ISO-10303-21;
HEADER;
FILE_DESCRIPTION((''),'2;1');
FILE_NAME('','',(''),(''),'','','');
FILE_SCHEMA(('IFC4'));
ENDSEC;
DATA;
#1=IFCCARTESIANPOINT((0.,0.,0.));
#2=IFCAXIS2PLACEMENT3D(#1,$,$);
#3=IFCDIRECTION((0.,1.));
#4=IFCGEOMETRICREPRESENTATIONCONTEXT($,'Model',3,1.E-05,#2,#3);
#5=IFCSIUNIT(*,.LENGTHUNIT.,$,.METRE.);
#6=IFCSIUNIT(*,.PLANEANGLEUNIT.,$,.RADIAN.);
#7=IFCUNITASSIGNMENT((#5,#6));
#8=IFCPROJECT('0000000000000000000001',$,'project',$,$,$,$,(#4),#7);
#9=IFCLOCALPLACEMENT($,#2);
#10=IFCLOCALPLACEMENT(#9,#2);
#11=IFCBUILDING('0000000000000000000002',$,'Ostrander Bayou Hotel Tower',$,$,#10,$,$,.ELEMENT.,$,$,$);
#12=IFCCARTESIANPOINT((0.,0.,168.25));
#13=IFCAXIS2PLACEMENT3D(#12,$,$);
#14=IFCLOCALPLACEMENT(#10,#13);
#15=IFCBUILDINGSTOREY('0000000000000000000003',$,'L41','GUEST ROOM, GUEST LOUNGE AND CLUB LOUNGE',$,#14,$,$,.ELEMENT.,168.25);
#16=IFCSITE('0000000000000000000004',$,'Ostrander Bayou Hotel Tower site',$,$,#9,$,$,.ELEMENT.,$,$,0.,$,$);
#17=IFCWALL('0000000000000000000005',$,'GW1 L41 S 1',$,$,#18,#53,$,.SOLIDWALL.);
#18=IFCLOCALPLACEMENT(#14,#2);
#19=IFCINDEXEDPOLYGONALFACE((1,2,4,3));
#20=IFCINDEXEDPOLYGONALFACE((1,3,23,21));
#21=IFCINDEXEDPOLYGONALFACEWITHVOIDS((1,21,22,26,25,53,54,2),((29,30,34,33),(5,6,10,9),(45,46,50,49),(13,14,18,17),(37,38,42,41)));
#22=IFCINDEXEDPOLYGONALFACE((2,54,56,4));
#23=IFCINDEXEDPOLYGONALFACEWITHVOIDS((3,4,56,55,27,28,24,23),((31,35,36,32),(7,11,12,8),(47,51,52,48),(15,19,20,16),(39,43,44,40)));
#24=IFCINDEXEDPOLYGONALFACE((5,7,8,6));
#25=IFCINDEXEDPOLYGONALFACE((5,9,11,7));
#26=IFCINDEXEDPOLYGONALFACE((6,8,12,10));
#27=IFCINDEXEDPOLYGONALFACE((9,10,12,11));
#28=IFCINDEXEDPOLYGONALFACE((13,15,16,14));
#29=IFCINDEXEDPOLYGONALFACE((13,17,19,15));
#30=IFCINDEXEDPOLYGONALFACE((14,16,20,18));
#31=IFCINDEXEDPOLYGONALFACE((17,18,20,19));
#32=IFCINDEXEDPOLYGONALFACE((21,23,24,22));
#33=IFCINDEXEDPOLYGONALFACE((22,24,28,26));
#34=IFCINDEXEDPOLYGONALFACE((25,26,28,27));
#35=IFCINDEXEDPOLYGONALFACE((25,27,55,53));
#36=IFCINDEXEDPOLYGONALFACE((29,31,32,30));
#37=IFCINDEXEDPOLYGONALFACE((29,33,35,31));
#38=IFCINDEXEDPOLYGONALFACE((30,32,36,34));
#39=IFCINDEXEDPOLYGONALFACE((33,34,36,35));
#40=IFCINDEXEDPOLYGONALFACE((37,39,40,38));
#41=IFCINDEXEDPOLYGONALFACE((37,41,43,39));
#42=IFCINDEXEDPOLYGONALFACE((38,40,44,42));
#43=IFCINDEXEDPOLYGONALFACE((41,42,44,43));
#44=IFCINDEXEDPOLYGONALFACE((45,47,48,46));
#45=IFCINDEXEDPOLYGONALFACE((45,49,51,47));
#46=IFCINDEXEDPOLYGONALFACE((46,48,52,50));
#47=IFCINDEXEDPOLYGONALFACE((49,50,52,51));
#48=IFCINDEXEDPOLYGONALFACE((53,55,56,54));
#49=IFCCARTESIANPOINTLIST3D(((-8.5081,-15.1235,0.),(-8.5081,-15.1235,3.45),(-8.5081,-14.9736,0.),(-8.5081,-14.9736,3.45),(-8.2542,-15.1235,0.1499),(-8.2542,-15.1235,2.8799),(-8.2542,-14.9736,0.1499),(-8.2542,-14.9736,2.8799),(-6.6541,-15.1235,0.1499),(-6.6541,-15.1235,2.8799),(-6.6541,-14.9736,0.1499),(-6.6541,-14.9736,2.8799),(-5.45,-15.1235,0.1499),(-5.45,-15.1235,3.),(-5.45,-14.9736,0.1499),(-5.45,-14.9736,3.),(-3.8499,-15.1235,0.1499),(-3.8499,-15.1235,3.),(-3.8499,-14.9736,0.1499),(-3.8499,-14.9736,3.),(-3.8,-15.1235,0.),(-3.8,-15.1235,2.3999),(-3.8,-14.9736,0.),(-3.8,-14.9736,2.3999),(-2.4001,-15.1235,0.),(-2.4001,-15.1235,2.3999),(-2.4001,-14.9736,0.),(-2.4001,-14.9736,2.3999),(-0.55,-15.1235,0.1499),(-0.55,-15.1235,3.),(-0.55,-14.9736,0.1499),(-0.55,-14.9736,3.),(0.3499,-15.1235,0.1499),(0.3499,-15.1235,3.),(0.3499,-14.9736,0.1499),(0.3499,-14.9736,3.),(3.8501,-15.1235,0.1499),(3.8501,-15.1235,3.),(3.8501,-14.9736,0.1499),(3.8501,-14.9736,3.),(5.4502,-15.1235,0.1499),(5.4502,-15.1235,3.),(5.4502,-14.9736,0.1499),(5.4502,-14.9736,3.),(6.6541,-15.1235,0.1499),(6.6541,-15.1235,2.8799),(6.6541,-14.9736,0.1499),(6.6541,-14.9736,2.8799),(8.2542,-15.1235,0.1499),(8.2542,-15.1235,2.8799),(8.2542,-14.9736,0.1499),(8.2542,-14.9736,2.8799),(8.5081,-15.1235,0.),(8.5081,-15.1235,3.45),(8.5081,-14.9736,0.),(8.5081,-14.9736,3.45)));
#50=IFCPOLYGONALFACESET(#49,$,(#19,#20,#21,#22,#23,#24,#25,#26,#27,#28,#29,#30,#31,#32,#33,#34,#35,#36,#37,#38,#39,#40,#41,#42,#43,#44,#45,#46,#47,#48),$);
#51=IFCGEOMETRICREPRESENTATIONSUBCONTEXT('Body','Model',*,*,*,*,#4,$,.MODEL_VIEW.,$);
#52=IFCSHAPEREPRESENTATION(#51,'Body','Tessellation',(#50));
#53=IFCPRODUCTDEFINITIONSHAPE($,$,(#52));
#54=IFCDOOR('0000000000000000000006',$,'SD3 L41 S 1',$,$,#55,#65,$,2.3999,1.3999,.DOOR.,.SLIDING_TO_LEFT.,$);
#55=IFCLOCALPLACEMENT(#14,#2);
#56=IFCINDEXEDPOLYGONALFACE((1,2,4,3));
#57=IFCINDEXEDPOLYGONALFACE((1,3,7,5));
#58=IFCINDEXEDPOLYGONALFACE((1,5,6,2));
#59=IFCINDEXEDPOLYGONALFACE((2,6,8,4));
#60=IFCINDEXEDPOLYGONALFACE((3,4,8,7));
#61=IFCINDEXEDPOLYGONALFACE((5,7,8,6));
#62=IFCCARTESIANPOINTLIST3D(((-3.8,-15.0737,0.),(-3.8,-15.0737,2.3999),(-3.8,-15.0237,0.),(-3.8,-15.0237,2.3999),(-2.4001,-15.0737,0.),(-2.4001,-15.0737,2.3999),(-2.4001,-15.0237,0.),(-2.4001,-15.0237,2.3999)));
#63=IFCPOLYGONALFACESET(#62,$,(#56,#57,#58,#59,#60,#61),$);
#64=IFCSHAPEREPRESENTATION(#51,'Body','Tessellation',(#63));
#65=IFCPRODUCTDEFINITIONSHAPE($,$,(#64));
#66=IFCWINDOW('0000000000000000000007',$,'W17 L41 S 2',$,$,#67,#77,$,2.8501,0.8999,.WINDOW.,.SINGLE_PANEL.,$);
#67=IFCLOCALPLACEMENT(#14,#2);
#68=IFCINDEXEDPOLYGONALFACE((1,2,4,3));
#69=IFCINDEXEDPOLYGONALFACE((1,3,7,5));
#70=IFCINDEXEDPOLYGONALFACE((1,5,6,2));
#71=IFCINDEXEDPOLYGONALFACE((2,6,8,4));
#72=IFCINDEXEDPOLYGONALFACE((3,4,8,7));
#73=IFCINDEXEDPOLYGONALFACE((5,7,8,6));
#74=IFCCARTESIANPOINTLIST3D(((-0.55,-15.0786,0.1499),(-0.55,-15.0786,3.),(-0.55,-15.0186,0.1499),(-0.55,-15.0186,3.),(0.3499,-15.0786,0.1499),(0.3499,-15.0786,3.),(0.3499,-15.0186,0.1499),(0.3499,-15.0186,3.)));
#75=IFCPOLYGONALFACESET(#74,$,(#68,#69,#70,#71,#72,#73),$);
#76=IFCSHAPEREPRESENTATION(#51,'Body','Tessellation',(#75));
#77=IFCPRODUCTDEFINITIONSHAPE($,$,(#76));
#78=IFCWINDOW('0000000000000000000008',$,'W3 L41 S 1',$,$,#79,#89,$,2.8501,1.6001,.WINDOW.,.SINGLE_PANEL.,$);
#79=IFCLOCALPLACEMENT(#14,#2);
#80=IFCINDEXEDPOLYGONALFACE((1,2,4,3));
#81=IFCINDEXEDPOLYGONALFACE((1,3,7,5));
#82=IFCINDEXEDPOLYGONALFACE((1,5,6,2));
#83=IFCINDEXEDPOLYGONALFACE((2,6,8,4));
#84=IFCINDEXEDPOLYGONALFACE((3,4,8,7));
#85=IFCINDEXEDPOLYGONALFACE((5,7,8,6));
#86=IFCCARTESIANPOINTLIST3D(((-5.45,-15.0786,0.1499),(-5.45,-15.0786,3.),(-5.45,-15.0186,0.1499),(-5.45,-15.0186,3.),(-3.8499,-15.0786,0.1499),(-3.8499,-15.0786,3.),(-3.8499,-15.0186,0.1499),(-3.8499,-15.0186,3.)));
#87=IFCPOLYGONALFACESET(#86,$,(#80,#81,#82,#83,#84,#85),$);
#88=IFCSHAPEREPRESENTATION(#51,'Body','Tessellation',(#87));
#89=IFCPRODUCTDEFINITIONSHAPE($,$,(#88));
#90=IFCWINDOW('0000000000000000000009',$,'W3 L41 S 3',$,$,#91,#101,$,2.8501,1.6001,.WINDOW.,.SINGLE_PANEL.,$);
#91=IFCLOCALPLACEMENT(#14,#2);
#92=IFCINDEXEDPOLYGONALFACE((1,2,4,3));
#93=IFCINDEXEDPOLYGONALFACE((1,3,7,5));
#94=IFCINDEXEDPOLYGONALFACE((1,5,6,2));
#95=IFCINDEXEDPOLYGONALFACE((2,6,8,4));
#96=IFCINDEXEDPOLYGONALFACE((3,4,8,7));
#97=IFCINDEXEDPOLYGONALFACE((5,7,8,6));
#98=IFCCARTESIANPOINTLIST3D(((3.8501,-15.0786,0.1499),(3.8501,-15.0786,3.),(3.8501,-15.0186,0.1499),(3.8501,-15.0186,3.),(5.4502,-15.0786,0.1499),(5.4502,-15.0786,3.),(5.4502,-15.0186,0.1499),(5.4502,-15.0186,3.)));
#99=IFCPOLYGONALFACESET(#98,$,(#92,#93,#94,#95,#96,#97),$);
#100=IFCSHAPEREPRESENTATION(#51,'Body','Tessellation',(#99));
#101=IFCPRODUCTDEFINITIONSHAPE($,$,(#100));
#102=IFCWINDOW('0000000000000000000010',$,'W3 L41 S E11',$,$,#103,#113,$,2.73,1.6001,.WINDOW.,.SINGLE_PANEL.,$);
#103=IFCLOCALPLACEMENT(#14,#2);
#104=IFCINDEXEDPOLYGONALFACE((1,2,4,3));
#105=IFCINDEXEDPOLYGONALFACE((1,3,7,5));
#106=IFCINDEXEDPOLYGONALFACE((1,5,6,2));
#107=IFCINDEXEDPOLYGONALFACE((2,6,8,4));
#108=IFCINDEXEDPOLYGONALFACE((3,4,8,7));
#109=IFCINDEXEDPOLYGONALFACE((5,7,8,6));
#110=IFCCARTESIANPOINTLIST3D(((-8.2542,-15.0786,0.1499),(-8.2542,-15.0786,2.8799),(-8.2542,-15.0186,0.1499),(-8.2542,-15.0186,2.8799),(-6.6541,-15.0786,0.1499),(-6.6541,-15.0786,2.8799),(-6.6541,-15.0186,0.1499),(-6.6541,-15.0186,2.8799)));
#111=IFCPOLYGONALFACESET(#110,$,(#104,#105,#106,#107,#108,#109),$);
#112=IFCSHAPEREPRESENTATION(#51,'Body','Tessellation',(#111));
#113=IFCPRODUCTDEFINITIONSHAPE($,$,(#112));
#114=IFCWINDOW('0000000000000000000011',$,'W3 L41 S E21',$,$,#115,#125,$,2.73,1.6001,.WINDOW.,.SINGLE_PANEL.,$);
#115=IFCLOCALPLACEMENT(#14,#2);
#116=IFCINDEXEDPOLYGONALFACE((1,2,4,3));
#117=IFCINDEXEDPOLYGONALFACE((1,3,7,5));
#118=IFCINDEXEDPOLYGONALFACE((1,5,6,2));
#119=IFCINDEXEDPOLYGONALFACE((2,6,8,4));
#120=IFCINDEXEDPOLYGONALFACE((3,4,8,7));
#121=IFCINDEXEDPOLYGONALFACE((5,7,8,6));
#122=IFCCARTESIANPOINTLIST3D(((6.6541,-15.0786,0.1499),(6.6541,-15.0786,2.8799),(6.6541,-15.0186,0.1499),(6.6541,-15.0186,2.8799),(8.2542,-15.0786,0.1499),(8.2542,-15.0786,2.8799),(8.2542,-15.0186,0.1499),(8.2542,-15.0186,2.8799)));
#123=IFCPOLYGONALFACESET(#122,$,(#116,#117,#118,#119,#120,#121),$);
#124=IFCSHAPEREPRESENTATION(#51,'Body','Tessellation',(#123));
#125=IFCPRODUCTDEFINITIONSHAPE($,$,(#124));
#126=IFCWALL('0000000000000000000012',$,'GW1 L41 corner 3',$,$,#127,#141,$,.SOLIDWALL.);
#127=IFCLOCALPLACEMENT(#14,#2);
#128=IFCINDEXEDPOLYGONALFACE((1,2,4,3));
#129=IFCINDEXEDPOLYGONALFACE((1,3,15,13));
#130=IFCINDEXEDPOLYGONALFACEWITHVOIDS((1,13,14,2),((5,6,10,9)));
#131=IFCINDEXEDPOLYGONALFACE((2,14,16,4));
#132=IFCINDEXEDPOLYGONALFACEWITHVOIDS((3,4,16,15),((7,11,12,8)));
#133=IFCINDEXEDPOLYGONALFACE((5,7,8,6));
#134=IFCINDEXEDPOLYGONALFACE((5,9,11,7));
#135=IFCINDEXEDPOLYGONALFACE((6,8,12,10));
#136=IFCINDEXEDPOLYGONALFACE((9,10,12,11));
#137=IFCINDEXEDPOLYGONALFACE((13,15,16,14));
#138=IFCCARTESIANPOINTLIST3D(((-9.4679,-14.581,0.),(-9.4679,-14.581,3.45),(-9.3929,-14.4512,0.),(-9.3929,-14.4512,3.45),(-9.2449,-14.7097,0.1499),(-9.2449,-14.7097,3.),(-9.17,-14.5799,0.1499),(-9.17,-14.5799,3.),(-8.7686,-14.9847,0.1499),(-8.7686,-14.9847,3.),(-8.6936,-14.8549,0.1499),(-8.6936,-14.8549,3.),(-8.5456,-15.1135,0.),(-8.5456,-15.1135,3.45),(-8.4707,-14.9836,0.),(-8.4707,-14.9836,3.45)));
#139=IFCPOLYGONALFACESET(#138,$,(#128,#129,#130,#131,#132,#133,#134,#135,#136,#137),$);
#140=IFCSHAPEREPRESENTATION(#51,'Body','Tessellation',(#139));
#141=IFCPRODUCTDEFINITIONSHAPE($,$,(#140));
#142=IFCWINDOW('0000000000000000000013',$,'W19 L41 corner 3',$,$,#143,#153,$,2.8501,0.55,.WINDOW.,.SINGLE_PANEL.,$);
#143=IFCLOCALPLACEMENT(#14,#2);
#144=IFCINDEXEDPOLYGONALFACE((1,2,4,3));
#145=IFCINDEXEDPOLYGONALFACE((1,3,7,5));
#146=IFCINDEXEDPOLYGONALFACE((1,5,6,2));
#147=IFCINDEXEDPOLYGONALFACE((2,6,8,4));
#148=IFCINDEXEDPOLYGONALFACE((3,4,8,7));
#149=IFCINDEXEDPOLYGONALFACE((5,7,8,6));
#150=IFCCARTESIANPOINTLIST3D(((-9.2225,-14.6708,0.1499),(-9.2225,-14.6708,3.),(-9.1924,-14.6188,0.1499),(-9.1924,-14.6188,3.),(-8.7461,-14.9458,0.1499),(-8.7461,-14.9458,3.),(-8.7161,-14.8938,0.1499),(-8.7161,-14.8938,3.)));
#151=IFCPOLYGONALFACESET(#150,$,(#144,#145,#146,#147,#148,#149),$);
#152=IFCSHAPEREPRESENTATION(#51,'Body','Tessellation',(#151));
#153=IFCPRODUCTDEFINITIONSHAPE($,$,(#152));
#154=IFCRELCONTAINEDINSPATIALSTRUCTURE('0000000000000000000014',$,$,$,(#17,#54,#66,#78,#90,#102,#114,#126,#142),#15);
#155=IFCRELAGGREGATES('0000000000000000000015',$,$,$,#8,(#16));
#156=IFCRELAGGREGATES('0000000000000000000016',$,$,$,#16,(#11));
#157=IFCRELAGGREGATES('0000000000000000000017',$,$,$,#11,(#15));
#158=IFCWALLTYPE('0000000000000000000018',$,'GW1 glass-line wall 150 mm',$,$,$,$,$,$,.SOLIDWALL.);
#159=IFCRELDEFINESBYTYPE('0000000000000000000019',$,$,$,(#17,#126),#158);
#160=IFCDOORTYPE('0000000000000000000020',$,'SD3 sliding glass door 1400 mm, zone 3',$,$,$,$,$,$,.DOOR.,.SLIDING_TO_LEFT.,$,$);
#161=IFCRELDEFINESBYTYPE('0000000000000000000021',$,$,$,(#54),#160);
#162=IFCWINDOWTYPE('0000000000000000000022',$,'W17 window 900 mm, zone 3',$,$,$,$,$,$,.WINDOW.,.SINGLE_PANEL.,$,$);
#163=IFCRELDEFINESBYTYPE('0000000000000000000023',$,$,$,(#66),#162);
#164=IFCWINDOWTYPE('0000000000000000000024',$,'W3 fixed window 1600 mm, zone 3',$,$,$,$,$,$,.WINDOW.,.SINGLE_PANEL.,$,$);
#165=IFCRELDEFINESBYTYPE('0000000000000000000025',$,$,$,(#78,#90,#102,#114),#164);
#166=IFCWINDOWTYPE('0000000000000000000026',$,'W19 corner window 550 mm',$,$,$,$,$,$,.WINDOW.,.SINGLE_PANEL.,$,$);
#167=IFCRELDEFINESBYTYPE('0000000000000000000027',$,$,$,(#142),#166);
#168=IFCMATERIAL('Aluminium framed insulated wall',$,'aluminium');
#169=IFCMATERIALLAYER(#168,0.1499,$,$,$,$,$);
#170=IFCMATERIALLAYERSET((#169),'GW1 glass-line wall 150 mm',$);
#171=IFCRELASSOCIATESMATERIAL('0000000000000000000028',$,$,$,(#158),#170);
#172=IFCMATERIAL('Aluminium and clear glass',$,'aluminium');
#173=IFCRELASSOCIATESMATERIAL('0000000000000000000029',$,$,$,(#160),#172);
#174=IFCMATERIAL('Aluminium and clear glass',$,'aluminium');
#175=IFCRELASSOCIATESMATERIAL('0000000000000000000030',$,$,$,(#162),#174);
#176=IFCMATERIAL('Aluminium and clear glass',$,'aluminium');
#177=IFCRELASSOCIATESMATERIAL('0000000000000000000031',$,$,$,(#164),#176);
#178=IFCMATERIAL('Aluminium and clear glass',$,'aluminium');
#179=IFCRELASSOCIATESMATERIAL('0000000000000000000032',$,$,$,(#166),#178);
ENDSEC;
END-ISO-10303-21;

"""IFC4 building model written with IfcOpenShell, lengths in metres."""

from ifc_helpers import new_model, si_unit, direction, frame, frame_2d, origin, place, context, subcontext, project, spatial, rectangle, extrude, material, layer, layer_set, type_object, element, fill, save


model = new_model("IFC4")

# Units and contexts
model_context = context("Model", 3, precision=1e-05, world=origin(), true_north=direction((0.0, 1.0)))
body_context = subcontext(model_context, "Body", "Model", "MODEL_VIEW")
ifc_project = project(units=[si_unit("LENGTHUNIT", "METRE"), si_unit("PLANEANGLEUNIT", "RADIAN")], contexts=[model_context])

# Site, building, storey
site_placement = place(None, origin())
site = spatial("IfcSite", under=ifc_project, at=site_placement, Name="Ostrander Bayou Hotel Tower site", CompositionType="ELEMENT", RefElevation=0.0)
building_placement = place(site_placement, origin())
building = spatial("IfcBuilding", under=site, at=building_placement, Name="Ostrander Bayou Hotel Tower", CompositionType="ELEMENT")
storey_placement = place(building_placement, frame((0.0, 0.0, 168.25)))
storey = spatial("IfcBuildingStorey", under=building, at=storey_placement, Name="L41", Description="GUEST ROOM, GUEST LOUNGE AND CLUB LOUNGE", CompositionType="ELEMENT", Elevation=168.25)

# Wall, openings, door, windows
ifc_material_1 = material(Name="Aluminium framed insulated wall", Category="aluminium")
ifc_layer_1 = layer(ifc_material_1, 0.1499)
ifc_layer_set_1 = layer_set([ifc_layer_1], Name="GW1 glass-line wall 150 mm")
wall_type_1 = type_object("IfcWallType", Name="GW1 glass-line wall 150 mm", PredefinedType="SOLIDWALL", material=ifc_layer_set_1)
wall_1_placement = place(storey_placement, frame((-8.5081, -15.0486, 0.0), z_axis=(0.0, 0.0, 1.0), x_axis=(1.0, 0.0, 0.0)))
wall_1 = element("IfcWall", 1, at=wall_1_placement, inside=storey, type_object=wall_type_1, Name="GW1 L41 S 1", PredefinedType="SOLIDWALL", context=body_context, shape_type="SweptSolid", body=[
    extrude(rectangle(XDim=17.0161, YDim=0.1499, at=frame_2d((8.5081, 0.0))), origin(), (0.0, 0.0, 1.0), 3.45),
])
opening_1_placement = place(wall_1_placement, frame((3.0581, 0.0, 0.1499)))
opening_1 = element("IfcOpeningElement", 2, at=opening_1_placement, cuts=wall_1, PredefinedType="OPENING", context=body_context, shape_type="SweptSolid", body=[
    extrude(rectangle(XDim=1.6001, YDim=2.8501, at=frame_2d((0.8, 1.425))), frame((0.0, 0.075, 0.0), z_axis=(0.0, -1.0, 0.0), x_axis=(1.0, 0.0, 0.0)), (0.0, 0.0, 1.0), 0.1499),
])
opening_2_placement = place(wall_1_placement, frame((4.708, 0.0, 0.0)))
opening_2 = element("IfcOpeningElement", 3, at=opening_2_placement, cuts=wall_1, PredefinedType="OPENING", context=body_context, shape_type="SweptSolid", body=[
    extrude(rectangle(XDim=1.3999, YDim=2.3999, at=frame_2d((0.7, 1.2))), frame((0.0, 0.075, 0.0), z_axis=(0.0, -1.0, 0.0), x_axis=(1.0, 0.0, 0.0)), (0.0, 0.0, 1.0), 0.1499),
])
opening_3_placement = place(wall_1_placement, frame((7.958, 0.0, 0.1499)))
opening_3 = element("IfcOpeningElement", 4, at=opening_3_placement, cuts=wall_1, PredefinedType="OPENING", context=body_context, shape_type="SweptSolid", body=[
    extrude(rectangle(XDim=0.8999, YDim=2.8501, at=frame_2d((0.45, 1.425))), frame((0.0, 0.075, 0.0), z_axis=(0.0, -1.0, 0.0), x_axis=(1.0, 0.0, 0.0)), (0.0, 0.0, 1.0), 0.1499),
])
opening_4_placement = place(wall_1_placement, frame((12.3582, 0.0, 0.1499)))
opening_4 = element("IfcOpeningElement", 5, at=opening_4_placement, cuts=wall_1, PredefinedType="OPENING", context=body_context, shape_type="SweptSolid", body=[
    extrude(rectangle(XDim=1.6001, YDim=2.8501, at=frame_2d((0.8, 1.425))), frame((0.0, 0.075, 0.0), z_axis=(0.0, -1.0, 0.0), x_axis=(1.0, 0.0, 0.0)), (0.0, 0.0, 1.0), 0.1499),
])
opening_5_placement = place(wall_1_placement, frame((0.2539, 0.0, 0.1499)))
opening_5 = element("IfcOpeningElement", 6, at=opening_5_placement, cuts=wall_1, PredefinedType="OPENING", context=body_context, shape_type="SweptSolid", body=[
    extrude(rectangle(XDim=1.6001, YDim=2.73, at=frame_2d((0.8, 1.365))), frame((0.0, 0.075, 0.0), z_axis=(0.0, -1.0, 0.0), x_axis=(1.0, 0.0, 0.0)), (0.0, 0.0, 1.0), 0.1499),
])
opening_6_placement = place(wall_1_placement, frame((15.1621, 0.0, 0.1499)))
opening_6 = element("IfcOpeningElement", 7, at=opening_6_placement, cuts=wall_1, PredefinedType="OPENING", context=body_context, shape_type="SweptSolid", body=[
    extrude(rectangle(XDim=1.6001, YDim=2.73, at=frame_2d((0.8, 1.365))), frame((0.0, 0.075, 0.0), z_axis=(0.0, -1.0, 0.0), x_axis=(1.0, 0.0, 0.0)), (0.0, 0.0, 1.0), 0.1499),
])
ifc_material_2 = material(Name="Aluminium and clear glass", Category="aluminium")
door_type = type_object("IfcDoorType", Name="SD3 sliding glass door 1400 mm, zone 3", OperationType="SLIDING_TO_LEFT", PredefinedType="DOOR", material=ifc_material_2)
door_placement = place(opening_2_placement, origin())
door = element("IfcDoor", 8, at=door_placement, inside=storey, type_object=door_type, Name="SD3 L41 S 1", OperationType="SLIDING_TO_LEFT", OverallHeight=2.3999, OverallWidth=1.3999, PredefinedType="DOOR", context=body_context, shape_type="SweptSolid", body=[
    extrude(rectangle(XDim=1.3999, YDim=2.3999, at=frame_2d((0.7, 1.2))), frame((0.0, 0.0249, 0.0), z_axis=(0.0, -1.0, 0.0), x_axis=(1.0, 0.0, 0.0)), (0.0, 0.0, 1.0), 0.05),
])
fill(opening_2, door)
ifc_material_3 = material(Name="Aluminium and clear glass", Category="aluminium")
window_type_1 = type_object("IfcWindowType", Name="W17 window 900 mm, zone 3", PartitioningType="SINGLE_PANEL", PredefinedType="WINDOW", material=ifc_material_3)
window_1_placement = place(opening_3_placement, origin())
window_1 = element("IfcWindow", 9, at=window_1_placement, inside=storey, type_object=window_type_1, Name="W17 L41 S 2", OverallHeight=2.8501, OverallWidth=0.8999, PartitioningType="SINGLE_PANEL", PredefinedType="WINDOW", context=body_context, shape_type="SweptSolid", body=[
    extrude(rectangle(XDim=0.8999, YDim=2.8501, at=frame_2d((0.45, 1.425))), frame((0.0, 0.03, 0.0), z_axis=(0.0, -1.0, 0.0), x_axis=(1.0, 0.0, 0.0)), (0.0, 0.0, 1.0), 0.0601),
])
fill(opening_3, window_1)
ifc_material_4 = material(Name="Aluminium and clear glass", Category="aluminium")
window_type_2 = type_object("IfcWindowType", Name="W3 fixed window 1600 mm, zone 3", PartitioningType="SINGLE_PANEL", PredefinedType="WINDOW", material=ifc_material_4)
window_2_placement = place(opening_1_placement, origin())
window_2 = element("IfcWindow", 10, at=window_2_placement, inside=storey, type_object=window_type_2, Name="W3 L41 S 1", OverallHeight=2.8501, OverallWidth=1.6001, PartitioningType="SINGLE_PANEL", PredefinedType="WINDOW", context=body_context, shape_type="SweptSolid", body=[
    extrude(rectangle(XDim=1.6001, YDim=2.8501, at=frame_2d((0.8, 1.425))), frame((0.0, 0.03, 0.0), z_axis=(0.0, -1.0, 0.0), x_axis=(1.0, 0.0, 0.0)), (0.0, 0.0, 1.0), 0.0601),
])
fill(opening_1, window_2)
window_3_placement = place(opening_4_placement, origin())
window_3 = element("IfcWindow", 11, at=window_3_placement, inside=storey, type_object=window_type_2, Name="W3 L41 S 3", OverallHeight=2.8501, OverallWidth=1.6001, PartitioningType="SINGLE_PANEL", PredefinedType="WINDOW", context=body_context, shape_type="SweptSolid", body=[
    extrude(rectangle(XDim=1.6001, YDim=2.8501, at=frame_2d((0.8, 1.425))), frame((0.0, 0.03, 0.0), z_axis=(0.0, -1.0, 0.0), x_axis=(1.0, 0.0, 0.0)), (0.0, 0.0, 1.0), 0.0601),
])
fill(opening_4, window_3)
window_4_placement = place(opening_5_placement, origin())
window_4 = element("IfcWindow", 12, at=window_4_placement, inside=storey, type_object=window_type_2, Name="W3 L41 S E11", OverallHeight=2.73, OverallWidth=1.6001, PartitioningType="SINGLE_PANEL", PredefinedType="WINDOW", context=body_context, shape_type="SweptSolid", body=[
    extrude(rectangle(XDim=1.6001, YDim=2.73, at=frame_2d((0.8, 1.365))), frame((0.0, 0.03, 0.0), z_axis=(0.0, -1.0, 0.0), x_axis=(1.0, 0.0, 0.0)), (0.0, 0.0, 1.0), 0.0601),
])
fill(opening_5, window_4)
window_5_placement = place(opening_6_placement, origin())
window_5 = element("IfcWindow", 13, at=window_5_placement, inside=storey, type_object=window_type_2, Name="W3 L41 S E21", OverallHeight=2.73, OverallWidth=1.6001, PartitioningType="SINGLE_PANEL", PredefinedType="WINDOW", context=body_context, shape_type="SweptSolid", body=[
    extrude(rectangle(XDim=1.6001, YDim=2.73, at=frame_2d((0.8, 1.365))), frame((0.0, 0.03, 0.0), z_axis=(0.0, -1.0, 0.0), x_axis=(1.0, 0.0, 0.0)), (0.0, 0.0, 1.0), 0.0601),
])
fill(opening_6, window_5)

# Wall, opening, window
wall_2_placement = place(storey_placement, frame((-9.4304, -14.5161, 0.0), z_axis=(0.0, 0.0, 1.0), x_axis=(0.866048, -0.499961, 0.0)))
wall_2 = element("IfcWall", 14, at=wall_2_placement, inside=storey, type_object=wall_type_1, Name="GW1 L41 corner 3", PredefinedType="SOLIDWALL", context=body_context, shape_type="SweptSolid", body=[
    extrude(rectangle(XDim=1.0649, YDim=0.1499, at=frame_2d((0.5325, 0.0))), origin(), (0.0, 0.0, 1.0), 3.45),
])
opening_7_placement = place(wall_2_placement, frame((0.2576, 0.0, 0.1499)))
opening_7 = element("IfcOpeningElement", 15, at=opening_7_placement, cuts=wall_2, PredefinedType="OPENING", context=body_context, shape_type="SweptSolid", body=[
    extrude(rectangle(XDim=0.55, YDim=2.8501, at=frame_2d((0.2749, 1.425))), frame((0.0, 0.075, 0.0), z_axis=(0.0, -1.0, 0.0), x_axis=(1.0, 0.0, 0.0)), (0.0, 0.0, 1.0), 0.1499),
])
ifc_material_5 = material(Name="Aluminium and clear glass", Category="aluminium")
window_type_3 = type_object("IfcWindowType", Name="W19 corner window 550 mm", PartitioningType="SINGLE_PANEL", PredefinedType="WINDOW", material=ifc_material_5)
window_6_placement = place(opening_7_placement, origin())
window_6 = element("IfcWindow", 16, at=window_6_placement, inside=storey, type_object=window_type_3, Name="W19 L41 corner 3", OverallHeight=2.8501, OverallWidth=0.55, PartitioningType="SINGLE_PANEL", PredefinedType="WINDOW", context=body_context, shape_type="SweptSolid", body=[
    extrude(rectangle(XDim=0.55, YDim=2.8501, at=frame_2d((0.2749, 1.425))), frame((0.0, 0.03, 0.0), z_axis=(0.0, -1.0, 0.0), x_axis=(1.0, 0.0, 0.0)), (0.0, 0.0, 1.0), 0.0601),
])
fill(opening_7, window_6)

save(model, "model.ifc")
